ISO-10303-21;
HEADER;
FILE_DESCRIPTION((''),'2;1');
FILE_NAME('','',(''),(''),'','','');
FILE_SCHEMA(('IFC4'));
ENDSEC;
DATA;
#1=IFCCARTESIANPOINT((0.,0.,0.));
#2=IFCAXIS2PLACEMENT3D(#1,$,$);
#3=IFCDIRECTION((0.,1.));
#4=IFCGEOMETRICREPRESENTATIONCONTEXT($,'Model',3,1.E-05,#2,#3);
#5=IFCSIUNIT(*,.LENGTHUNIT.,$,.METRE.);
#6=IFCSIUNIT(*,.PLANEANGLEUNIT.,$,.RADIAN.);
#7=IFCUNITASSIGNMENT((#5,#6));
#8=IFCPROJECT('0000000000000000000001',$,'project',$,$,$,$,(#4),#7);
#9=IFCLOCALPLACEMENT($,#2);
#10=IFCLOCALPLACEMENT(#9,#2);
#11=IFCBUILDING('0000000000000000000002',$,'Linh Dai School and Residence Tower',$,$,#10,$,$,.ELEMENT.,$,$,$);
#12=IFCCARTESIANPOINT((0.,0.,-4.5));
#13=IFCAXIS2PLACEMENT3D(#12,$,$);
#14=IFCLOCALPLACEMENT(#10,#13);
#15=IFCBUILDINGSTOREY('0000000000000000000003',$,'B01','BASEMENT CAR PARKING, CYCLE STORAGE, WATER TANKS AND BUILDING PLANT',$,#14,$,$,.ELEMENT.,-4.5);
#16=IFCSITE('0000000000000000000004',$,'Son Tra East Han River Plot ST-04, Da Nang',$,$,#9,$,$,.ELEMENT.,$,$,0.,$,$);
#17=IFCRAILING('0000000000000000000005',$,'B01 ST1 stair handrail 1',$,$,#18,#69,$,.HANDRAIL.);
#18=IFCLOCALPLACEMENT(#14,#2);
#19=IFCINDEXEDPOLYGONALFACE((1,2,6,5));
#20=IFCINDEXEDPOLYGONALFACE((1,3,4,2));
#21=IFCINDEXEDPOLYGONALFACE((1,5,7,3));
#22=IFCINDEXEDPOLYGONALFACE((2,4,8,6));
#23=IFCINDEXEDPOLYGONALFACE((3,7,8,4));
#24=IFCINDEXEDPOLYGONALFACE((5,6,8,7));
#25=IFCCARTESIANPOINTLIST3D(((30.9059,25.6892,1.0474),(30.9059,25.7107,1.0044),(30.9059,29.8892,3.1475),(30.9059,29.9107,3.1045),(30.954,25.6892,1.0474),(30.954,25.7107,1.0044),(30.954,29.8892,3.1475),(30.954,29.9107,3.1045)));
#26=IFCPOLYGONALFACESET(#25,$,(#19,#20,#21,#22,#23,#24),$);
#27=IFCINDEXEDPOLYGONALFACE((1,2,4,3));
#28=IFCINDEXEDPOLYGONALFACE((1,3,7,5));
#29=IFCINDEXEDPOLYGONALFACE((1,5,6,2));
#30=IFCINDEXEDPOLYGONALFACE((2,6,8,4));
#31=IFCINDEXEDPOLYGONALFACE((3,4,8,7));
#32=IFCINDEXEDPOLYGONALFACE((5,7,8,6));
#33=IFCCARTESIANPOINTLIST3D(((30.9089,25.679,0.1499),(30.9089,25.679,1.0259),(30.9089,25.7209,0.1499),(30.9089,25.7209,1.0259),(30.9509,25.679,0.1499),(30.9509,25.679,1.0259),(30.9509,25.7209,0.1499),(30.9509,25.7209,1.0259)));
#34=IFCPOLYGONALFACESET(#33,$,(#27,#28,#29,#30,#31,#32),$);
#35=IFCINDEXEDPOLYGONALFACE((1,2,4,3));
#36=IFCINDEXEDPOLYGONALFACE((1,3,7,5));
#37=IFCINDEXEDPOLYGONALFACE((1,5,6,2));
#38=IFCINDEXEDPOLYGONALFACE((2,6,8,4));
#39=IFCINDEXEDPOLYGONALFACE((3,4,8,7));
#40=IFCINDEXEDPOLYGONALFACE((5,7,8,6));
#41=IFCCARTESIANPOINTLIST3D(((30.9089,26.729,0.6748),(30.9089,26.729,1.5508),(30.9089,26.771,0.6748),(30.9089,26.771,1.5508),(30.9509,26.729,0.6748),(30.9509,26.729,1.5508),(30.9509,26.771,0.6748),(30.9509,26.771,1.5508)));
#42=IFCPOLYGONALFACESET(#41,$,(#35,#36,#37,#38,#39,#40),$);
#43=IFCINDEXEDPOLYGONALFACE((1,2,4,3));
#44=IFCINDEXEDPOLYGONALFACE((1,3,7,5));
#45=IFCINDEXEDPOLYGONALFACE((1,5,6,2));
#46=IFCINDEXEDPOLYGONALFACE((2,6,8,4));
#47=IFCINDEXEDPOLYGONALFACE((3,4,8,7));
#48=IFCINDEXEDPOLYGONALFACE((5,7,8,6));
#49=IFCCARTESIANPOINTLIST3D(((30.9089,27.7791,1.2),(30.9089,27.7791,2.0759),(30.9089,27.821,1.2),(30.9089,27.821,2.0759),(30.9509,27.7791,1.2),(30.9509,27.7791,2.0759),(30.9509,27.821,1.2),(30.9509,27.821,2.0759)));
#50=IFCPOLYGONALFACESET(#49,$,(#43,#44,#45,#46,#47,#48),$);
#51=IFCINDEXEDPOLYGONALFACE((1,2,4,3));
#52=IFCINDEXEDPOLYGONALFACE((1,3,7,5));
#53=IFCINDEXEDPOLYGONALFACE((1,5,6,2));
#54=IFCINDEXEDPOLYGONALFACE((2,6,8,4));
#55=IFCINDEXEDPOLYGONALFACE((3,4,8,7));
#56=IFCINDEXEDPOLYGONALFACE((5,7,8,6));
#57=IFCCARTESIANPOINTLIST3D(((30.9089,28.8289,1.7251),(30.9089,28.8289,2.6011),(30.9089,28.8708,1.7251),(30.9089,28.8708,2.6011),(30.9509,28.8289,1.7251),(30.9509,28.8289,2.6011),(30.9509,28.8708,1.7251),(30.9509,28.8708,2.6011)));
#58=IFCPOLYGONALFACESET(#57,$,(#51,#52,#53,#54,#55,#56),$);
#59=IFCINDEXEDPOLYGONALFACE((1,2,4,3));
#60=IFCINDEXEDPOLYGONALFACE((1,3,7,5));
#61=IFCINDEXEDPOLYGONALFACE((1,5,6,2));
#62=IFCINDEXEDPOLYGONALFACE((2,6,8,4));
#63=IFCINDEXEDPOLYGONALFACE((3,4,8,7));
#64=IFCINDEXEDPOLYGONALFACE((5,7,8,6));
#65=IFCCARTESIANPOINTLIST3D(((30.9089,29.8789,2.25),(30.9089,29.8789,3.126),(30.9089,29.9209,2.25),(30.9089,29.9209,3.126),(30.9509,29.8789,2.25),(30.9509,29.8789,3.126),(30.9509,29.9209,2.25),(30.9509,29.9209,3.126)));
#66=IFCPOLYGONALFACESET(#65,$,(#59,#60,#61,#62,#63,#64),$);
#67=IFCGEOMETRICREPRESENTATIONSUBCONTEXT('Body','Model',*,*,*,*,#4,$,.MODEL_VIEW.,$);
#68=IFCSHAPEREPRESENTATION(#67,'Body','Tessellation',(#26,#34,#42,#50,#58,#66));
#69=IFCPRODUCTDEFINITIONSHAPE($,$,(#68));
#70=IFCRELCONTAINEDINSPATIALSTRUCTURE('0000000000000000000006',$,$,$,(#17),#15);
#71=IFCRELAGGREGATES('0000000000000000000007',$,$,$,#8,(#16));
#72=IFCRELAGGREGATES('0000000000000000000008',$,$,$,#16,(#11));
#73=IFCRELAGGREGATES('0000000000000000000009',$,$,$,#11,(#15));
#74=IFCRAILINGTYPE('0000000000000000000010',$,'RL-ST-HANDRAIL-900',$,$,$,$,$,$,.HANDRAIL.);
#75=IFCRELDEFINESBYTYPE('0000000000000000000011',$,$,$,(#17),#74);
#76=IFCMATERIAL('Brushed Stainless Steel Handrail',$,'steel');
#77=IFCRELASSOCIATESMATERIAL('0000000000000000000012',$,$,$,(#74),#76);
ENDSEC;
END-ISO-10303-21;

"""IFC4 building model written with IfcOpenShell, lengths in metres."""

from ifc_helpers import new_model, si_unit, direction, frame, origin, origin_2d, place, context, subcontext, project, spatial, rectangle, extrude, source, transform, mapped, material, type_object, element, save


model = new_model("IFC4")

# Units and contexts
model_context = context("Model", 3, precision=1e-05, world=origin(), true_north=direction((0.0, 1.0)))
body_context = subcontext(model_context, "Body", "Model", "MODEL_VIEW")
ifc_project = project(units=[si_unit("LENGTHUNIT", "METRE"), si_unit("PLANEANGLEUNIT", "RADIAN")], contexts=[model_context])

# Site, building, storey
site_placement = place(None, origin())
site = spatial("IfcSite", under=ifc_project, at=site_placement, Name="Son Tra East Han River Plot ST-04, Da Nang", CompositionType="ELEMENT", RefElevation=0.0)
building_placement = place(site_placement, origin())
building = spatial("IfcBuilding", under=site, at=building_placement, Name="Linh Dai School and Residence Tower", CompositionType="ELEMENT")
storey_placement = place(building_placement, frame((0.0, 0.0, -4.5)))
storey = spatial("IfcBuildingStorey", under=building, at=storey_placement, Name="B01", Description="BASEMENT CAR PARKING, CYCLE STORAGE, WATER TANKS AND BUILDING PLANT", CompositionType="ELEMENT", Elevation=-4.5)

# Railing
ifc_material_1 = material(Name="Brushed Stainless Steel Handrail", Category="steel")
railing_type_1 = type_object("IfcRailingType", Name="RL-ST-HANDRAIL-900", PredefinedType="HANDRAIL", material=ifc_material_1)
shared_shape_1 = source(origin(), body_context, "Body", "SweptSolid", [
    extrude(rectangle(XDim=0.0481, YDim=0.0481, at=origin_2d()), frame((0.0, 0.0, 0.876), z_axis=(0.0, 0.894417, 0.447234), x_axis=(-1.0, 0.0, 0.0)), (0.0, 0.0, 1.0), 4.6958),
    extrude(rectangle(XDim=0.042, YDim=0.042, at=origin_2d()), origin(), (0.0, 0.0, 1.0), 0.876),
    extrude(rectangle(XDim=0.042, YDim=0.042, at=origin_2d()), frame((0.0, 1.05, 0.5249)), (0.0, 0.0, 1.0), 0.876),
    extrude(rectangle(XDim=0.042, YDim=0.042, at=origin_2d()), frame((0.0, 2.1001, 1.05)), (0.0, 0.0, 1.0), 0.876),
    extrude(rectangle(XDim=0.042, YDim=0.042, at=origin_2d()), frame((0.0, 3.1499, 1.5752)), (0.0, 0.0, 1.0), 0.876),
    extrude(rectangle(XDim=0.042, YDim=0.042, at=origin_2d()), frame((0.0, 4.2, 2.1001)), (0.0, 0.0, 1.0), 0.876),
])
railing_1_placement = place(storey_placement, frame((30.9299, 25.7, 0.1499)))
element("IfcRailing", 1, at=railing_1_placement, inside=storey, type_object=railing_type_1, Name="B01 ST1 stair handrail 1", PredefinedType="HANDRAIL", context=body_context, shape_type="MappedRepresentation", body=[
    mapped(shared_shape_1, transform((0.0, 0.0, 0.0), x_axis=(1.0, 0.0, 0.0), y_axis=(0.0, 1.0, 0.0), z_axis=(0.0, 0.0, 1.0), scale=1.0)),
])

save(model, "model.ifc")
